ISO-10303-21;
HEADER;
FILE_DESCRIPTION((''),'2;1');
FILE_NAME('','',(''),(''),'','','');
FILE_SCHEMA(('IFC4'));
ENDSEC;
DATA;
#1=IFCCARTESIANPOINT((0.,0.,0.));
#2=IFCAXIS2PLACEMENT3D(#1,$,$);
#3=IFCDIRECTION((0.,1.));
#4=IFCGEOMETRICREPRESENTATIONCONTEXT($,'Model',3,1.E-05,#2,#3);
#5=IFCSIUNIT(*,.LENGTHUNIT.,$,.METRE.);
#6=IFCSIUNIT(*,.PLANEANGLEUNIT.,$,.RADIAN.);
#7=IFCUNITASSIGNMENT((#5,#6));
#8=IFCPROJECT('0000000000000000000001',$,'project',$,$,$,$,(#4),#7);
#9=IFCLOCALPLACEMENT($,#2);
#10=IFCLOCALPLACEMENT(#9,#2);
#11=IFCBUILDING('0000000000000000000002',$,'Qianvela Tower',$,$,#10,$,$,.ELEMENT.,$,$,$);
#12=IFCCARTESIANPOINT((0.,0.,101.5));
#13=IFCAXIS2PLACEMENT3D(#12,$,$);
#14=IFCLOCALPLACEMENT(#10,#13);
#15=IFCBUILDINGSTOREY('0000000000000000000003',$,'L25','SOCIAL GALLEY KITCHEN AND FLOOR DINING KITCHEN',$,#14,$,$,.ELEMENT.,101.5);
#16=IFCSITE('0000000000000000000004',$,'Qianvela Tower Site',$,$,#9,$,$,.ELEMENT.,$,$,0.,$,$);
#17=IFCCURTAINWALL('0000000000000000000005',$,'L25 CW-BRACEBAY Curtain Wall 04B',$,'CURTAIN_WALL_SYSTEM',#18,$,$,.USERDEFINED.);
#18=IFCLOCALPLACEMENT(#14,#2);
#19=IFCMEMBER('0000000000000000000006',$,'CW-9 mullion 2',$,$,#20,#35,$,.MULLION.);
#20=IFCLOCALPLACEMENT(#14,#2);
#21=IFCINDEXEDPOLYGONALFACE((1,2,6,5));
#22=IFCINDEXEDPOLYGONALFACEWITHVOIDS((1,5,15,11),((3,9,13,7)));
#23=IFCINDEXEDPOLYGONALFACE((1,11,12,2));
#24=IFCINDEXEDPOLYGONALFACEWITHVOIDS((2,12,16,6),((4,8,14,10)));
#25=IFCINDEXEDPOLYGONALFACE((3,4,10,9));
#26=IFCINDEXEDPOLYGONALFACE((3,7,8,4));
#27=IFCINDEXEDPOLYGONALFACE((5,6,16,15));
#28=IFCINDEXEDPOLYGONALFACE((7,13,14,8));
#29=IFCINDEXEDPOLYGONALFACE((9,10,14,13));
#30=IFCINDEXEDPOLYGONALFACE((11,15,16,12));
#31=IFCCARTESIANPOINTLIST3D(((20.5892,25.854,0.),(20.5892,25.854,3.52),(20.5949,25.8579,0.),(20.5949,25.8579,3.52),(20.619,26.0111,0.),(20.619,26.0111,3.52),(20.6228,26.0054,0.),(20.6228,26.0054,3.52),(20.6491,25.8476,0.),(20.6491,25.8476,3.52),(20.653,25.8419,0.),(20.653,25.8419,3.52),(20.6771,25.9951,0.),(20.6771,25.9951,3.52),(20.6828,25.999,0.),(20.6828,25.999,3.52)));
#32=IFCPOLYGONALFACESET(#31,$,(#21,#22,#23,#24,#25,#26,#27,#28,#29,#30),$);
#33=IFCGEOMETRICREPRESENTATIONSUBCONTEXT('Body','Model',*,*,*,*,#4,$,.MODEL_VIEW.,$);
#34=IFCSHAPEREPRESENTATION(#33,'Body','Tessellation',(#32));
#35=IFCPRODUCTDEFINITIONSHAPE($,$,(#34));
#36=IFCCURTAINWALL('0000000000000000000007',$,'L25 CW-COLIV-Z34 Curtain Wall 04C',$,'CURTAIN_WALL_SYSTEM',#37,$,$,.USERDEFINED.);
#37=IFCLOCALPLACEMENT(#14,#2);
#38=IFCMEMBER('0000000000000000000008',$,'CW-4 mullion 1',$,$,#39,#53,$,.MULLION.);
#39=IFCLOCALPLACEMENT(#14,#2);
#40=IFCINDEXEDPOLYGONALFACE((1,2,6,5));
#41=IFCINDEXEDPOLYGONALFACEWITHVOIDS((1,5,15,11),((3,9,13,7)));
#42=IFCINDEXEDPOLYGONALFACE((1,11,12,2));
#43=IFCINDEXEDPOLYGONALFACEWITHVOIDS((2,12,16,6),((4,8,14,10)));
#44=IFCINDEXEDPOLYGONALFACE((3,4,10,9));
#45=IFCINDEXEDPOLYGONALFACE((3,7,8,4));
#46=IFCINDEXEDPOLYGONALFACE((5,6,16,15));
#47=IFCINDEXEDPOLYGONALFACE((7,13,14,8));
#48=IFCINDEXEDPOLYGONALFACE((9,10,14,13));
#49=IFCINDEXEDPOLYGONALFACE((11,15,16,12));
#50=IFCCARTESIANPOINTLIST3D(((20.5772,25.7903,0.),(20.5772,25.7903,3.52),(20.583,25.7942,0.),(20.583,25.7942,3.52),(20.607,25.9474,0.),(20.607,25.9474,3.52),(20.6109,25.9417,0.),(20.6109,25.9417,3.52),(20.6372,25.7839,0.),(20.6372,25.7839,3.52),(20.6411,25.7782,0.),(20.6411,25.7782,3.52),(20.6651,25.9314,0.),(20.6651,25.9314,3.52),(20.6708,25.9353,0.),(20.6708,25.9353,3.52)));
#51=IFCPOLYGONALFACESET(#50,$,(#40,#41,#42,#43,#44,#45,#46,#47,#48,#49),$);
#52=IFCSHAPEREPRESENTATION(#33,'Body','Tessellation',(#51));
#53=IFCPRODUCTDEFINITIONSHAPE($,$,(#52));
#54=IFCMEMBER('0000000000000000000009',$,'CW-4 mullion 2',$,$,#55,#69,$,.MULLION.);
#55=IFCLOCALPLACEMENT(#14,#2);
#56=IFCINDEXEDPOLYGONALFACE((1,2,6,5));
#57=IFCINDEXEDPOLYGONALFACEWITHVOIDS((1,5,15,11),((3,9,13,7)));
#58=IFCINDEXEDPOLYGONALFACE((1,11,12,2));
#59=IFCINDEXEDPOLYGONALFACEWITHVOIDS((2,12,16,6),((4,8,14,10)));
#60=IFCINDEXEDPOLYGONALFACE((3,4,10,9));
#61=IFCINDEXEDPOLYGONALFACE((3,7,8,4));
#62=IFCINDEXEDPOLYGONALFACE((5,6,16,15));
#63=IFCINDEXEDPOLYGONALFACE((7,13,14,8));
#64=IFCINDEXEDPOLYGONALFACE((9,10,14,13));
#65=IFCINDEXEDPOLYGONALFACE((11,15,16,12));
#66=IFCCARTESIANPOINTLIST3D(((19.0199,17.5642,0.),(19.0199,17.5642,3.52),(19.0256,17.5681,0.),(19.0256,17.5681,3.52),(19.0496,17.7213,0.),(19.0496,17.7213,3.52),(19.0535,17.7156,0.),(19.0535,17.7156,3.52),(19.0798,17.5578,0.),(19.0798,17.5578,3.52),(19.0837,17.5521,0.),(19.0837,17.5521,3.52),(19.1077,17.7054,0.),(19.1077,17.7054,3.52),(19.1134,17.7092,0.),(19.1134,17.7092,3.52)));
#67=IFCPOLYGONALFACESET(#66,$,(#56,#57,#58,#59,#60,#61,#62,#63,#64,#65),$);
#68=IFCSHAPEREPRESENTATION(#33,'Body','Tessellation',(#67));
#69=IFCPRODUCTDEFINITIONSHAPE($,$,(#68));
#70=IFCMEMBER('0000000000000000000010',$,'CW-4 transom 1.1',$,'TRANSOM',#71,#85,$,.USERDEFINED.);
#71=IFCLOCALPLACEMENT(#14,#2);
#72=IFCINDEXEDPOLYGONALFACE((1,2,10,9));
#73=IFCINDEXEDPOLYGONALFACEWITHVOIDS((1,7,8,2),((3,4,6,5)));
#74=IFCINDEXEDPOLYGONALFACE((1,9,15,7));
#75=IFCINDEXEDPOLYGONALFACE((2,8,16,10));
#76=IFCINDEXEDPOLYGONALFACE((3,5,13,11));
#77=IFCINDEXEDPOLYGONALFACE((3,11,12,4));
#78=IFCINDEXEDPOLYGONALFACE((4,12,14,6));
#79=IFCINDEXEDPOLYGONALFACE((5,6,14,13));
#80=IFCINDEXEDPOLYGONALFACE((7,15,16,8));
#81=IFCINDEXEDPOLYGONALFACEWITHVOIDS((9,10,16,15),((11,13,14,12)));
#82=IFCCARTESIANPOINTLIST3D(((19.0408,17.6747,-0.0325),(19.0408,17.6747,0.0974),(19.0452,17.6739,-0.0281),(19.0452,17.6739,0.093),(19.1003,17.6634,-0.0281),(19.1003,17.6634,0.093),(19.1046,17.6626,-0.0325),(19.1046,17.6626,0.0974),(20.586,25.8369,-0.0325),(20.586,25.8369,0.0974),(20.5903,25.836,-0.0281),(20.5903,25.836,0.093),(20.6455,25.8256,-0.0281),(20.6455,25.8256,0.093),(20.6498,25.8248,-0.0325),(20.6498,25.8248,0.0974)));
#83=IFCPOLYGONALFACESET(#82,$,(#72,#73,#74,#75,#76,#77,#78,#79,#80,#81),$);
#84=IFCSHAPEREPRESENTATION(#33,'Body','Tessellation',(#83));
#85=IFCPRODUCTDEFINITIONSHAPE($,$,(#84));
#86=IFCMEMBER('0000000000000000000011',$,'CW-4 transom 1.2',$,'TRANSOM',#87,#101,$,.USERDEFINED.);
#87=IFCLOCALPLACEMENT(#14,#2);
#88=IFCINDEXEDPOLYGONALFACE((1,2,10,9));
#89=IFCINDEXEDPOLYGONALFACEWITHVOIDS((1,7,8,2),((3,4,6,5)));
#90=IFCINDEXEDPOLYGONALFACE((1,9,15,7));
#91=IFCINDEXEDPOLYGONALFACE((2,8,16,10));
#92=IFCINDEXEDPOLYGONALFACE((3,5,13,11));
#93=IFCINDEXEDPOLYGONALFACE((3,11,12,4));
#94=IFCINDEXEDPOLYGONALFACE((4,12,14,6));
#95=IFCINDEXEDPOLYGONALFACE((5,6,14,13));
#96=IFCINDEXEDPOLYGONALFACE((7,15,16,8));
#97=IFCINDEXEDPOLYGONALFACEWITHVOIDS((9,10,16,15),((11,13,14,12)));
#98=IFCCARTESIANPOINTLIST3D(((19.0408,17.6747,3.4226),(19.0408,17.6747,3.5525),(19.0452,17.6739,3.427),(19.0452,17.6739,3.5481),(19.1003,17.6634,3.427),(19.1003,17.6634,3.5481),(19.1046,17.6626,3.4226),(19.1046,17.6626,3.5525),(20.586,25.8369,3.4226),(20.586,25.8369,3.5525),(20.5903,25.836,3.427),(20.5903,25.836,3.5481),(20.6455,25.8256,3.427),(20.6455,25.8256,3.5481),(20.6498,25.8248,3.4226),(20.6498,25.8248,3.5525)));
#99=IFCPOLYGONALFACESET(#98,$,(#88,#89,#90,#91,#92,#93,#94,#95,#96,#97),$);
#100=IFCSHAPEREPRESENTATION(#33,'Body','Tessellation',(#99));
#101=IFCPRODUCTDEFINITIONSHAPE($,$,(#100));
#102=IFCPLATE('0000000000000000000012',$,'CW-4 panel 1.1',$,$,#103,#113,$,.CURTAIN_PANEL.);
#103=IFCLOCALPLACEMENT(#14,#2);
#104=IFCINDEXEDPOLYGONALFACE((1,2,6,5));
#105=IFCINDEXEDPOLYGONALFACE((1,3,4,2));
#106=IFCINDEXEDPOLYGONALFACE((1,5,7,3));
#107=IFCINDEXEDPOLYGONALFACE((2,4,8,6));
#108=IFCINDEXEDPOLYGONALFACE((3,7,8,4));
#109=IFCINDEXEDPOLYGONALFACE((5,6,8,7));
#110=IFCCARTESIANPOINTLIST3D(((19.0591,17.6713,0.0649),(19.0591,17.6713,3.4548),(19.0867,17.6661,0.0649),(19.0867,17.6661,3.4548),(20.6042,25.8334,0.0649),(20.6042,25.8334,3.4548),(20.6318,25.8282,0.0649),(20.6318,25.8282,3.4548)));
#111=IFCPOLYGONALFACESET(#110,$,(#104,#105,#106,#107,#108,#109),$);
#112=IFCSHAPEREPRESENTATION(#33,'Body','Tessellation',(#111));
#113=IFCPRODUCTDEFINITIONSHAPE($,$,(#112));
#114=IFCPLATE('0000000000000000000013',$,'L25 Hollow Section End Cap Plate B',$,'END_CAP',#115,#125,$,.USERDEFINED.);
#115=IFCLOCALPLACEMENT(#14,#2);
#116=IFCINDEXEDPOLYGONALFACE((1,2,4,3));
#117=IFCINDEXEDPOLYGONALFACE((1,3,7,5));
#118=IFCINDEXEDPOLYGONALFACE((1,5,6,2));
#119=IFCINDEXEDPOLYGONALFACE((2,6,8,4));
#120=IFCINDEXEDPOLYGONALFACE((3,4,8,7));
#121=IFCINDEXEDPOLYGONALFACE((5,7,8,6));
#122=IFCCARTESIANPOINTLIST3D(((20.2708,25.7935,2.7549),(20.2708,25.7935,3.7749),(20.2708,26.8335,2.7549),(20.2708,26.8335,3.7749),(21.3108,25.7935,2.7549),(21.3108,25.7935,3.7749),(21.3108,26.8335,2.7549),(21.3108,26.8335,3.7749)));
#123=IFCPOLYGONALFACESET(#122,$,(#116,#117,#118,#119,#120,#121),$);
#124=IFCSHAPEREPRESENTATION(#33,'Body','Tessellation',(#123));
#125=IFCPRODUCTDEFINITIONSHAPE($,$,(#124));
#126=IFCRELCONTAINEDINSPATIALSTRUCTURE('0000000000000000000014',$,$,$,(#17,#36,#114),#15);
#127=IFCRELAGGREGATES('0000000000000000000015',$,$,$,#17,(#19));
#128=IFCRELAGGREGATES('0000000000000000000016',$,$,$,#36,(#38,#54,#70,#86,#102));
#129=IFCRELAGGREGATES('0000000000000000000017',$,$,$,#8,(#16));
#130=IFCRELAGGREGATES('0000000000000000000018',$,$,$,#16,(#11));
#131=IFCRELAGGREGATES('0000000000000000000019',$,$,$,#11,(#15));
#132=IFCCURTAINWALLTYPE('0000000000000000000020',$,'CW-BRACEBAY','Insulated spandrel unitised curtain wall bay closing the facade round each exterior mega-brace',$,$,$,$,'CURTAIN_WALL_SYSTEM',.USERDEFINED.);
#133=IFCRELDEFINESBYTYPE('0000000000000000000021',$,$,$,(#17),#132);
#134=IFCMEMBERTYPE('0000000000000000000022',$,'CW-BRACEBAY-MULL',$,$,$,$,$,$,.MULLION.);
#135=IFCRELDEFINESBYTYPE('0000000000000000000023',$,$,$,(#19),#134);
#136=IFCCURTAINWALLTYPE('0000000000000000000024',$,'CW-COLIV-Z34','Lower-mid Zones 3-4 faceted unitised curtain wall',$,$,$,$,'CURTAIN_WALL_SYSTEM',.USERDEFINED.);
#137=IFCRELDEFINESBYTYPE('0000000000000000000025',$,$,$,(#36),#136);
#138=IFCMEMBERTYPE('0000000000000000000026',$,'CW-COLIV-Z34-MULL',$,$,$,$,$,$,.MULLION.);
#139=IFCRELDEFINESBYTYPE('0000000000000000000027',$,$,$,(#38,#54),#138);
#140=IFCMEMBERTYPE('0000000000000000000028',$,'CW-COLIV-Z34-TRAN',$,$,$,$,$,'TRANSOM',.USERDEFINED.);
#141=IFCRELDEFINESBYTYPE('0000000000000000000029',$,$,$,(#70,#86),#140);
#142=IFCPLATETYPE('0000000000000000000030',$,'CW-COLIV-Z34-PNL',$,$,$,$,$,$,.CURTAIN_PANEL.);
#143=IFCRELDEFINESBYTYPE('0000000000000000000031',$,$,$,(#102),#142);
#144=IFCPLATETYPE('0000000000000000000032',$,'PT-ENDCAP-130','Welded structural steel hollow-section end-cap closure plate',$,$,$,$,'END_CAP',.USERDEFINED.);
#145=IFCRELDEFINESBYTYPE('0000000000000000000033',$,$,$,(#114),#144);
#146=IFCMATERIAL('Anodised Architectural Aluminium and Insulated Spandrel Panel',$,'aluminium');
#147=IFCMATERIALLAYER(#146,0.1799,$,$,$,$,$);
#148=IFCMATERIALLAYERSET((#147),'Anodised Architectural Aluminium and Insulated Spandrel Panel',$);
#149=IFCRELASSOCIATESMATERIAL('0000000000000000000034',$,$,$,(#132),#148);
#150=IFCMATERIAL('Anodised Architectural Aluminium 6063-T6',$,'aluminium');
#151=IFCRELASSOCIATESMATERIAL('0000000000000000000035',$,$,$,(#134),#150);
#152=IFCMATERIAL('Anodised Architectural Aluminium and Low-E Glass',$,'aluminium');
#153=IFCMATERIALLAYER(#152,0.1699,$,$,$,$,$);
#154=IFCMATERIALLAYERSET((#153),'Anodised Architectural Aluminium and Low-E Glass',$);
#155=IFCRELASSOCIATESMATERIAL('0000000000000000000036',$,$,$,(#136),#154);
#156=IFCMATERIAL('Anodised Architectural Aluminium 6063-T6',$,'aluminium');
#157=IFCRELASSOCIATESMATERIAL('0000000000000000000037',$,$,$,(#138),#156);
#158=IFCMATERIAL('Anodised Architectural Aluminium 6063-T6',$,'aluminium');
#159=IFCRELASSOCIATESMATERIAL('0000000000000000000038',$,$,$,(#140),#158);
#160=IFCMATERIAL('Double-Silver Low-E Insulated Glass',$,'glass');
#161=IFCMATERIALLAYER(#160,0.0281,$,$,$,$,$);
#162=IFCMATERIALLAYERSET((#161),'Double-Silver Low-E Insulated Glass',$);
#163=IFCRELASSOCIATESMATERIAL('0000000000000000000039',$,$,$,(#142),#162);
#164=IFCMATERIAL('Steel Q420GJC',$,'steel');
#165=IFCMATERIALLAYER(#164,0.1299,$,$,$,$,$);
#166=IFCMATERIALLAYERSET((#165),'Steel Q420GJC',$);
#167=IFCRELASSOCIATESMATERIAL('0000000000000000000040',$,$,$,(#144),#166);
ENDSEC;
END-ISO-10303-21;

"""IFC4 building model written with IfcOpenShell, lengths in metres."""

from ifc_helpers import new_model, si_unit, direction, frame, origin, origin_2d, place, context, subcontext, project, spatial, rectangle, hollow_rectangle, extrude, material, layer, layer_set, material_profile, profile_set, type_object, element, aggregate, save


model = new_model("IFC4")

# Units and contexts
model_context = context("Model", 3, precision=1e-05, world=origin(), true_north=direction((0.0, 1.0)))
body_context = subcontext(model_context, "Body", "Model", "MODEL_VIEW")
ifc_project = project(units=[si_unit("LENGTHUNIT", "METRE"), si_unit("PLANEANGLEUNIT", "RADIAN")], contexts=[model_context])

# Site, building, storey
site_placement = place(None, origin())
site = spatial("IfcSite", under=ifc_project, at=site_placement, Name="Qianvela Tower Site", CompositionType="ELEMENT", RefElevation=0.0)
building_placement = place(site_placement, origin())
building = spatial("IfcBuilding", under=site, at=building_placement, Name="Qianvela Tower", CompositionType="ELEMENT")
storey_placement = place(building_placement, frame((0.0, 0.0, 101.5)))
storey = spatial("IfcBuildingStorey", under=building, at=storey_placement, Name="L25", Description="SOCIAL GALLEY KITCHEN AND FLOOR DINING KITCHEN", CompositionType="ELEMENT", Elevation=101.5)

# Curtain wall, member
ifc_material_1 = material(Name="Anodised Architectural Aluminium and Insulated Spandrel Panel", Category="aluminium")
ifc_layer_1 = layer(ifc_material_1, 0.1799)
ifc_layer_set_1 = layer_set([ifc_layer_1], Name="Anodised Architectural Aluminium and Insulated Spandrel Panel")
curtain_wall_type_1 = type_object("IfcCurtainWallType", Name="CW-BRACEBAY", Description="Insulated spandrel unitised curtain wall bay closing the facade round each exterior mega-brace", ElementType="CURTAIN_WALL_SYSTEM", PredefinedType="USERDEFINED", material=ifc_layer_set_1)
curtain_wall_1_placement = place(storey_placement, origin())
curtain_wall_1 = element("IfcCurtainWall", 1, at=curtain_wall_1_placement, inside=storey, type_object=curtain_wall_type_1, Name="L25 CW-BRACEBAY Curtain Wall 04B", ObjectType="CURTAIN_WALL_SYSTEM", PredefinedType="USERDEFINED")
ifc_material_2 = material(Name="Anodised Architectural Aluminium 6063-T6", Category="aluminium")
ifc_material_profile_1 = material_profile(ifc_material_2, hollow_rectangle(XDim=0.0649, YDim=0.1599, WallThickness=0.0049, at=origin_2d()), Name="ALU-MULL-65x160")
ifc_profile_set_1 = profile_set([ifc_material_profile_1], Name="Anodised Architectural Aluminium 6063-T6")
member_type_1 = type_object("IfcMemberType", Name="CW-BRACEBAY-MULL", PredefinedType="MULLION", material=ifc_profile_set_1)
member_1_placement = place(storey_placement, frame((20.636, 25.9265, 0.0), z_axis=(0.0, 0.0, 1.0), x_axis=(0.982548, -0.186012, 0.0)))
member_1 = element("IfcMember", 2, at=member_1_placement, type_object=member_type_1, Name="CW-9 mullion 2", PredefinedType="MULLION", context=body_context, shape_type="SweptSolid", body=[
    extrude(hollow_rectangle(XDim=0.0649, YDim=0.1599, WallThickness=0.0049, at=origin_2d()), origin(), (0.0, 0.0, 1.0), 3.52),
])
aggregate(curtain_wall_1, [member_1])

# Curtain wall, members, plate
ifc_material_3 = material(Name="Anodised Architectural Aluminium and Low-E Glass", Category="aluminium")
ifc_layer_2 = layer(ifc_material_3, 0.1699)
ifc_layer_set_2 = layer_set([ifc_layer_2], Name="Anodised Architectural Aluminium and Low-E Glass")
curtain_wall_type_2 = type_object("IfcCurtainWallType", Name="CW-COLIV-Z34", Description="Lower-mid Zones 3-4 faceted unitised curtain wall", ElementType="CURTAIN_WALL_SYSTEM", PredefinedType="USERDEFINED", material=ifc_layer_set_2)
curtain_wall_2_placement = place(storey_placement, origin())
curtain_wall_2 = element("IfcCurtainWall", 3, at=curtain_wall_2_placement, inside=storey, type_object=curtain_wall_type_2, Name="L25 CW-COLIV-Z34 Curtain Wall 04C", ObjectType="CURTAIN_WALL_SYSTEM", PredefinedType="USERDEFINED")
ifc_material_4 = material(Name="Anodised Architectural Aluminium 6063-T6", Category="aluminium")
ifc_material_profile_2 = material_profile(ifc_material_4, hollow_rectangle(XDim=0.0649, YDim=0.1599, WallThickness=0.0049, at=origin_2d()), Name="ALU-MULL-65x160")
ifc_profile_set_2 = profile_set([ifc_material_profile_2], Name="Anodised Architectural Aluminium 6063-T6")
member_type_2 = type_object("IfcMemberType", Name="CW-COLIV-Z34-MULL", PredefinedType="MULLION", material=ifc_profile_set_2)
member_2_placement = place(storey_placement, frame((20.624, 25.8628, 0.0), z_axis=(0.0, 0.0, 1.0), x_axis=(0.982549, -0.186001, 0.0)))
member_2 = element("IfcMember", 4, at=member_2_placement, type_object=member_type_2, Name="CW-4 mullion 1", PredefinedType="MULLION", context=body_context, shape_type="SweptSolid", body=[
    extrude(hollow_rectangle(XDim=0.0649, YDim=0.1599, WallThickness=0.0049, at=origin_2d()), origin(), (0.0, 0.0, 1.0), 3.52),
])
member_3_placement = place(storey_placement, frame((19.0667, 17.6367, 0.0), z_axis=(0.0, 0.0, 1.0), x_axis=(0.982549, -0.186001, 0.0)))
member_3 = element("IfcMember", 5, at=member_3_placement, type_object=member_type_2, Name="CW-4 mullion 2", PredefinedType="MULLION", context=body_context, shape_type="SweptSolid", body=[
    extrude(hollow_rectangle(XDim=0.0649, YDim=0.1599, WallThickness=0.0049, at=origin_2d()), origin(), (0.0, 0.0, 1.0), 3.52),
])
ifc_material_5 = material(Name="Anodised Architectural Aluminium 6063-T6", Category="aluminium")
ifc_material_profile_3 = material_profile(ifc_material_5, hollow_rectangle(XDim=0.0649, YDim=0.1299, WallThickness=0.0044, at=origin_2d()), Name="ALU-TRAN-65x130")
ifc_profile_set_3 = profile_set([ifc_material_profile_3], Name="Anodised Architectural Aluminium 6063-T6")
member_type_3 = type_object("IfcMemberType", Name="CW-COLIV-Z34-TRAN", ElementType="TRANSOM", PredefinedType="USERDEFINED", material=ifc_profile_set_3)
member_4_placement = place(storey_placement, frame((20.6179, 25.8308, 0.0325), z_axis=(-0.186006, -0.982549, 0.0), x_axis=(0.982549, -0.186006, 0.0)))
member_4 = element("IfcMember", 6, at=member_4_placement, type_object=member_type_3, Name="CW-4 transom 1.1", ObjectType="TRANSOM", PredefinedType="USERDEFINED", context=body_context, shape_type="SweptSolid", body=[
    extrude(hollow_rectangle(XDim=0.0649, YDim=0.1299, WallThickness=0.0044, at=origin_2d()), origin(), (0.0, 0.0, 1.0), 8.3071),
])
member_5_placement = place(storey_placement, frame((20.6179, 25.8308, 3.4875), z_axis=(-0.186006, -0.982549, 0.0), x_axis=(0.982549, -0.186006, 0.0)))
member_5 = element("IfcMember", 7, at=member_5_placement, type_object=member_type_3, Name="CW-4 transom 1.2", ObjectType="TRANSOM", PredefinedType="USERDEFINED", context=body_context, shape_type="SweptSolid", body=[
    extrude(hollow_rectangle(XDim=0.0649, YDim=0.1299, WallThickness=0.0044, at=origin_2d()), origin(), (0.0, 0.0, 1.0), 8.3071),
])
ifc_material_6 = material(Name="Double-Silver Low-E Insulated Glass", Category="glass")
ifc_layer_3 = layer(ifc_material_6, 0.0281)
ifc_layer_set_3 = layer_set([ifc_layer_3], Name="Double-Silver Low-E Insulated Glass")
plate_type_1 = type_object("IfcPlateType", Name="CW-COLIV-Z34-PNL", PredefinedType="CURTAIN_PANEL", material=ifc_layer_set_3)
plate_1_placement = place(storey_placement, frame((19.8455, 21.7498, 0.0649), z_axis=(0.0, 0.0, 1.0), x_axis=(-0.186001, -0.982549, 0.0)))
plate_1 = element("IfcPlate", 8, at=plate_1_placement, type_object=plate_type_1, Name="CW-4 panel 1.1", PredefinedType="CURTAIN_PANEL", context=body_context, shape_type="SweptSolid", body=[
    extrude(rectangle(XDim=8.3071, YDim=0.0281, at=origin_2d()), origin(), (0.0, 0.0, 1.0), 3.3899),
])
aggregate(curtain_wall_2, [member_2, member_3, member_4, member_5, plate_1])

# Plate
ifc_material_7 = material(Name="Steel Q420GJC", Category="steel")
ifc_layer_4 = layer(ifc_material_7, 0.1299)
ifc_layer_set_4 = layer_set([ifc_layer_4], Name="Steel Q420GJC")
plate_type_2 = type_object("IfcPlateType", Name="PT-ENDCAP-130", Description="Welded structural steel hollow-section end-cap closure plate", ElementType="END_CAP", PredefinedType="USERDEFINED", material=ifc_layer_set_4)
plate_2_placement = place(storey_placement, frame((20.7908, 26.3135, 2.7549), z_axis=(0.0, 0.0, 1.0), x_axis=(1.0, 0.0, 0.0)))
element("IfcPlate", 9, at=plate_2_placement, inside=storey, type_object=plate_type_2, Name="L25 Hollow Section End Cap Plate B", ObjectType="END_CAP", PredefinedType="USERDEFINED", context=body_context, shape_type="SweptSolid", body=[
    extrude(rectangle(XDim=1.04, YDim=1.04, at=origin_2d()), origin(), (0.0, 0.0, 1.0), 1.02),
])

save(model, "model.ifc")
